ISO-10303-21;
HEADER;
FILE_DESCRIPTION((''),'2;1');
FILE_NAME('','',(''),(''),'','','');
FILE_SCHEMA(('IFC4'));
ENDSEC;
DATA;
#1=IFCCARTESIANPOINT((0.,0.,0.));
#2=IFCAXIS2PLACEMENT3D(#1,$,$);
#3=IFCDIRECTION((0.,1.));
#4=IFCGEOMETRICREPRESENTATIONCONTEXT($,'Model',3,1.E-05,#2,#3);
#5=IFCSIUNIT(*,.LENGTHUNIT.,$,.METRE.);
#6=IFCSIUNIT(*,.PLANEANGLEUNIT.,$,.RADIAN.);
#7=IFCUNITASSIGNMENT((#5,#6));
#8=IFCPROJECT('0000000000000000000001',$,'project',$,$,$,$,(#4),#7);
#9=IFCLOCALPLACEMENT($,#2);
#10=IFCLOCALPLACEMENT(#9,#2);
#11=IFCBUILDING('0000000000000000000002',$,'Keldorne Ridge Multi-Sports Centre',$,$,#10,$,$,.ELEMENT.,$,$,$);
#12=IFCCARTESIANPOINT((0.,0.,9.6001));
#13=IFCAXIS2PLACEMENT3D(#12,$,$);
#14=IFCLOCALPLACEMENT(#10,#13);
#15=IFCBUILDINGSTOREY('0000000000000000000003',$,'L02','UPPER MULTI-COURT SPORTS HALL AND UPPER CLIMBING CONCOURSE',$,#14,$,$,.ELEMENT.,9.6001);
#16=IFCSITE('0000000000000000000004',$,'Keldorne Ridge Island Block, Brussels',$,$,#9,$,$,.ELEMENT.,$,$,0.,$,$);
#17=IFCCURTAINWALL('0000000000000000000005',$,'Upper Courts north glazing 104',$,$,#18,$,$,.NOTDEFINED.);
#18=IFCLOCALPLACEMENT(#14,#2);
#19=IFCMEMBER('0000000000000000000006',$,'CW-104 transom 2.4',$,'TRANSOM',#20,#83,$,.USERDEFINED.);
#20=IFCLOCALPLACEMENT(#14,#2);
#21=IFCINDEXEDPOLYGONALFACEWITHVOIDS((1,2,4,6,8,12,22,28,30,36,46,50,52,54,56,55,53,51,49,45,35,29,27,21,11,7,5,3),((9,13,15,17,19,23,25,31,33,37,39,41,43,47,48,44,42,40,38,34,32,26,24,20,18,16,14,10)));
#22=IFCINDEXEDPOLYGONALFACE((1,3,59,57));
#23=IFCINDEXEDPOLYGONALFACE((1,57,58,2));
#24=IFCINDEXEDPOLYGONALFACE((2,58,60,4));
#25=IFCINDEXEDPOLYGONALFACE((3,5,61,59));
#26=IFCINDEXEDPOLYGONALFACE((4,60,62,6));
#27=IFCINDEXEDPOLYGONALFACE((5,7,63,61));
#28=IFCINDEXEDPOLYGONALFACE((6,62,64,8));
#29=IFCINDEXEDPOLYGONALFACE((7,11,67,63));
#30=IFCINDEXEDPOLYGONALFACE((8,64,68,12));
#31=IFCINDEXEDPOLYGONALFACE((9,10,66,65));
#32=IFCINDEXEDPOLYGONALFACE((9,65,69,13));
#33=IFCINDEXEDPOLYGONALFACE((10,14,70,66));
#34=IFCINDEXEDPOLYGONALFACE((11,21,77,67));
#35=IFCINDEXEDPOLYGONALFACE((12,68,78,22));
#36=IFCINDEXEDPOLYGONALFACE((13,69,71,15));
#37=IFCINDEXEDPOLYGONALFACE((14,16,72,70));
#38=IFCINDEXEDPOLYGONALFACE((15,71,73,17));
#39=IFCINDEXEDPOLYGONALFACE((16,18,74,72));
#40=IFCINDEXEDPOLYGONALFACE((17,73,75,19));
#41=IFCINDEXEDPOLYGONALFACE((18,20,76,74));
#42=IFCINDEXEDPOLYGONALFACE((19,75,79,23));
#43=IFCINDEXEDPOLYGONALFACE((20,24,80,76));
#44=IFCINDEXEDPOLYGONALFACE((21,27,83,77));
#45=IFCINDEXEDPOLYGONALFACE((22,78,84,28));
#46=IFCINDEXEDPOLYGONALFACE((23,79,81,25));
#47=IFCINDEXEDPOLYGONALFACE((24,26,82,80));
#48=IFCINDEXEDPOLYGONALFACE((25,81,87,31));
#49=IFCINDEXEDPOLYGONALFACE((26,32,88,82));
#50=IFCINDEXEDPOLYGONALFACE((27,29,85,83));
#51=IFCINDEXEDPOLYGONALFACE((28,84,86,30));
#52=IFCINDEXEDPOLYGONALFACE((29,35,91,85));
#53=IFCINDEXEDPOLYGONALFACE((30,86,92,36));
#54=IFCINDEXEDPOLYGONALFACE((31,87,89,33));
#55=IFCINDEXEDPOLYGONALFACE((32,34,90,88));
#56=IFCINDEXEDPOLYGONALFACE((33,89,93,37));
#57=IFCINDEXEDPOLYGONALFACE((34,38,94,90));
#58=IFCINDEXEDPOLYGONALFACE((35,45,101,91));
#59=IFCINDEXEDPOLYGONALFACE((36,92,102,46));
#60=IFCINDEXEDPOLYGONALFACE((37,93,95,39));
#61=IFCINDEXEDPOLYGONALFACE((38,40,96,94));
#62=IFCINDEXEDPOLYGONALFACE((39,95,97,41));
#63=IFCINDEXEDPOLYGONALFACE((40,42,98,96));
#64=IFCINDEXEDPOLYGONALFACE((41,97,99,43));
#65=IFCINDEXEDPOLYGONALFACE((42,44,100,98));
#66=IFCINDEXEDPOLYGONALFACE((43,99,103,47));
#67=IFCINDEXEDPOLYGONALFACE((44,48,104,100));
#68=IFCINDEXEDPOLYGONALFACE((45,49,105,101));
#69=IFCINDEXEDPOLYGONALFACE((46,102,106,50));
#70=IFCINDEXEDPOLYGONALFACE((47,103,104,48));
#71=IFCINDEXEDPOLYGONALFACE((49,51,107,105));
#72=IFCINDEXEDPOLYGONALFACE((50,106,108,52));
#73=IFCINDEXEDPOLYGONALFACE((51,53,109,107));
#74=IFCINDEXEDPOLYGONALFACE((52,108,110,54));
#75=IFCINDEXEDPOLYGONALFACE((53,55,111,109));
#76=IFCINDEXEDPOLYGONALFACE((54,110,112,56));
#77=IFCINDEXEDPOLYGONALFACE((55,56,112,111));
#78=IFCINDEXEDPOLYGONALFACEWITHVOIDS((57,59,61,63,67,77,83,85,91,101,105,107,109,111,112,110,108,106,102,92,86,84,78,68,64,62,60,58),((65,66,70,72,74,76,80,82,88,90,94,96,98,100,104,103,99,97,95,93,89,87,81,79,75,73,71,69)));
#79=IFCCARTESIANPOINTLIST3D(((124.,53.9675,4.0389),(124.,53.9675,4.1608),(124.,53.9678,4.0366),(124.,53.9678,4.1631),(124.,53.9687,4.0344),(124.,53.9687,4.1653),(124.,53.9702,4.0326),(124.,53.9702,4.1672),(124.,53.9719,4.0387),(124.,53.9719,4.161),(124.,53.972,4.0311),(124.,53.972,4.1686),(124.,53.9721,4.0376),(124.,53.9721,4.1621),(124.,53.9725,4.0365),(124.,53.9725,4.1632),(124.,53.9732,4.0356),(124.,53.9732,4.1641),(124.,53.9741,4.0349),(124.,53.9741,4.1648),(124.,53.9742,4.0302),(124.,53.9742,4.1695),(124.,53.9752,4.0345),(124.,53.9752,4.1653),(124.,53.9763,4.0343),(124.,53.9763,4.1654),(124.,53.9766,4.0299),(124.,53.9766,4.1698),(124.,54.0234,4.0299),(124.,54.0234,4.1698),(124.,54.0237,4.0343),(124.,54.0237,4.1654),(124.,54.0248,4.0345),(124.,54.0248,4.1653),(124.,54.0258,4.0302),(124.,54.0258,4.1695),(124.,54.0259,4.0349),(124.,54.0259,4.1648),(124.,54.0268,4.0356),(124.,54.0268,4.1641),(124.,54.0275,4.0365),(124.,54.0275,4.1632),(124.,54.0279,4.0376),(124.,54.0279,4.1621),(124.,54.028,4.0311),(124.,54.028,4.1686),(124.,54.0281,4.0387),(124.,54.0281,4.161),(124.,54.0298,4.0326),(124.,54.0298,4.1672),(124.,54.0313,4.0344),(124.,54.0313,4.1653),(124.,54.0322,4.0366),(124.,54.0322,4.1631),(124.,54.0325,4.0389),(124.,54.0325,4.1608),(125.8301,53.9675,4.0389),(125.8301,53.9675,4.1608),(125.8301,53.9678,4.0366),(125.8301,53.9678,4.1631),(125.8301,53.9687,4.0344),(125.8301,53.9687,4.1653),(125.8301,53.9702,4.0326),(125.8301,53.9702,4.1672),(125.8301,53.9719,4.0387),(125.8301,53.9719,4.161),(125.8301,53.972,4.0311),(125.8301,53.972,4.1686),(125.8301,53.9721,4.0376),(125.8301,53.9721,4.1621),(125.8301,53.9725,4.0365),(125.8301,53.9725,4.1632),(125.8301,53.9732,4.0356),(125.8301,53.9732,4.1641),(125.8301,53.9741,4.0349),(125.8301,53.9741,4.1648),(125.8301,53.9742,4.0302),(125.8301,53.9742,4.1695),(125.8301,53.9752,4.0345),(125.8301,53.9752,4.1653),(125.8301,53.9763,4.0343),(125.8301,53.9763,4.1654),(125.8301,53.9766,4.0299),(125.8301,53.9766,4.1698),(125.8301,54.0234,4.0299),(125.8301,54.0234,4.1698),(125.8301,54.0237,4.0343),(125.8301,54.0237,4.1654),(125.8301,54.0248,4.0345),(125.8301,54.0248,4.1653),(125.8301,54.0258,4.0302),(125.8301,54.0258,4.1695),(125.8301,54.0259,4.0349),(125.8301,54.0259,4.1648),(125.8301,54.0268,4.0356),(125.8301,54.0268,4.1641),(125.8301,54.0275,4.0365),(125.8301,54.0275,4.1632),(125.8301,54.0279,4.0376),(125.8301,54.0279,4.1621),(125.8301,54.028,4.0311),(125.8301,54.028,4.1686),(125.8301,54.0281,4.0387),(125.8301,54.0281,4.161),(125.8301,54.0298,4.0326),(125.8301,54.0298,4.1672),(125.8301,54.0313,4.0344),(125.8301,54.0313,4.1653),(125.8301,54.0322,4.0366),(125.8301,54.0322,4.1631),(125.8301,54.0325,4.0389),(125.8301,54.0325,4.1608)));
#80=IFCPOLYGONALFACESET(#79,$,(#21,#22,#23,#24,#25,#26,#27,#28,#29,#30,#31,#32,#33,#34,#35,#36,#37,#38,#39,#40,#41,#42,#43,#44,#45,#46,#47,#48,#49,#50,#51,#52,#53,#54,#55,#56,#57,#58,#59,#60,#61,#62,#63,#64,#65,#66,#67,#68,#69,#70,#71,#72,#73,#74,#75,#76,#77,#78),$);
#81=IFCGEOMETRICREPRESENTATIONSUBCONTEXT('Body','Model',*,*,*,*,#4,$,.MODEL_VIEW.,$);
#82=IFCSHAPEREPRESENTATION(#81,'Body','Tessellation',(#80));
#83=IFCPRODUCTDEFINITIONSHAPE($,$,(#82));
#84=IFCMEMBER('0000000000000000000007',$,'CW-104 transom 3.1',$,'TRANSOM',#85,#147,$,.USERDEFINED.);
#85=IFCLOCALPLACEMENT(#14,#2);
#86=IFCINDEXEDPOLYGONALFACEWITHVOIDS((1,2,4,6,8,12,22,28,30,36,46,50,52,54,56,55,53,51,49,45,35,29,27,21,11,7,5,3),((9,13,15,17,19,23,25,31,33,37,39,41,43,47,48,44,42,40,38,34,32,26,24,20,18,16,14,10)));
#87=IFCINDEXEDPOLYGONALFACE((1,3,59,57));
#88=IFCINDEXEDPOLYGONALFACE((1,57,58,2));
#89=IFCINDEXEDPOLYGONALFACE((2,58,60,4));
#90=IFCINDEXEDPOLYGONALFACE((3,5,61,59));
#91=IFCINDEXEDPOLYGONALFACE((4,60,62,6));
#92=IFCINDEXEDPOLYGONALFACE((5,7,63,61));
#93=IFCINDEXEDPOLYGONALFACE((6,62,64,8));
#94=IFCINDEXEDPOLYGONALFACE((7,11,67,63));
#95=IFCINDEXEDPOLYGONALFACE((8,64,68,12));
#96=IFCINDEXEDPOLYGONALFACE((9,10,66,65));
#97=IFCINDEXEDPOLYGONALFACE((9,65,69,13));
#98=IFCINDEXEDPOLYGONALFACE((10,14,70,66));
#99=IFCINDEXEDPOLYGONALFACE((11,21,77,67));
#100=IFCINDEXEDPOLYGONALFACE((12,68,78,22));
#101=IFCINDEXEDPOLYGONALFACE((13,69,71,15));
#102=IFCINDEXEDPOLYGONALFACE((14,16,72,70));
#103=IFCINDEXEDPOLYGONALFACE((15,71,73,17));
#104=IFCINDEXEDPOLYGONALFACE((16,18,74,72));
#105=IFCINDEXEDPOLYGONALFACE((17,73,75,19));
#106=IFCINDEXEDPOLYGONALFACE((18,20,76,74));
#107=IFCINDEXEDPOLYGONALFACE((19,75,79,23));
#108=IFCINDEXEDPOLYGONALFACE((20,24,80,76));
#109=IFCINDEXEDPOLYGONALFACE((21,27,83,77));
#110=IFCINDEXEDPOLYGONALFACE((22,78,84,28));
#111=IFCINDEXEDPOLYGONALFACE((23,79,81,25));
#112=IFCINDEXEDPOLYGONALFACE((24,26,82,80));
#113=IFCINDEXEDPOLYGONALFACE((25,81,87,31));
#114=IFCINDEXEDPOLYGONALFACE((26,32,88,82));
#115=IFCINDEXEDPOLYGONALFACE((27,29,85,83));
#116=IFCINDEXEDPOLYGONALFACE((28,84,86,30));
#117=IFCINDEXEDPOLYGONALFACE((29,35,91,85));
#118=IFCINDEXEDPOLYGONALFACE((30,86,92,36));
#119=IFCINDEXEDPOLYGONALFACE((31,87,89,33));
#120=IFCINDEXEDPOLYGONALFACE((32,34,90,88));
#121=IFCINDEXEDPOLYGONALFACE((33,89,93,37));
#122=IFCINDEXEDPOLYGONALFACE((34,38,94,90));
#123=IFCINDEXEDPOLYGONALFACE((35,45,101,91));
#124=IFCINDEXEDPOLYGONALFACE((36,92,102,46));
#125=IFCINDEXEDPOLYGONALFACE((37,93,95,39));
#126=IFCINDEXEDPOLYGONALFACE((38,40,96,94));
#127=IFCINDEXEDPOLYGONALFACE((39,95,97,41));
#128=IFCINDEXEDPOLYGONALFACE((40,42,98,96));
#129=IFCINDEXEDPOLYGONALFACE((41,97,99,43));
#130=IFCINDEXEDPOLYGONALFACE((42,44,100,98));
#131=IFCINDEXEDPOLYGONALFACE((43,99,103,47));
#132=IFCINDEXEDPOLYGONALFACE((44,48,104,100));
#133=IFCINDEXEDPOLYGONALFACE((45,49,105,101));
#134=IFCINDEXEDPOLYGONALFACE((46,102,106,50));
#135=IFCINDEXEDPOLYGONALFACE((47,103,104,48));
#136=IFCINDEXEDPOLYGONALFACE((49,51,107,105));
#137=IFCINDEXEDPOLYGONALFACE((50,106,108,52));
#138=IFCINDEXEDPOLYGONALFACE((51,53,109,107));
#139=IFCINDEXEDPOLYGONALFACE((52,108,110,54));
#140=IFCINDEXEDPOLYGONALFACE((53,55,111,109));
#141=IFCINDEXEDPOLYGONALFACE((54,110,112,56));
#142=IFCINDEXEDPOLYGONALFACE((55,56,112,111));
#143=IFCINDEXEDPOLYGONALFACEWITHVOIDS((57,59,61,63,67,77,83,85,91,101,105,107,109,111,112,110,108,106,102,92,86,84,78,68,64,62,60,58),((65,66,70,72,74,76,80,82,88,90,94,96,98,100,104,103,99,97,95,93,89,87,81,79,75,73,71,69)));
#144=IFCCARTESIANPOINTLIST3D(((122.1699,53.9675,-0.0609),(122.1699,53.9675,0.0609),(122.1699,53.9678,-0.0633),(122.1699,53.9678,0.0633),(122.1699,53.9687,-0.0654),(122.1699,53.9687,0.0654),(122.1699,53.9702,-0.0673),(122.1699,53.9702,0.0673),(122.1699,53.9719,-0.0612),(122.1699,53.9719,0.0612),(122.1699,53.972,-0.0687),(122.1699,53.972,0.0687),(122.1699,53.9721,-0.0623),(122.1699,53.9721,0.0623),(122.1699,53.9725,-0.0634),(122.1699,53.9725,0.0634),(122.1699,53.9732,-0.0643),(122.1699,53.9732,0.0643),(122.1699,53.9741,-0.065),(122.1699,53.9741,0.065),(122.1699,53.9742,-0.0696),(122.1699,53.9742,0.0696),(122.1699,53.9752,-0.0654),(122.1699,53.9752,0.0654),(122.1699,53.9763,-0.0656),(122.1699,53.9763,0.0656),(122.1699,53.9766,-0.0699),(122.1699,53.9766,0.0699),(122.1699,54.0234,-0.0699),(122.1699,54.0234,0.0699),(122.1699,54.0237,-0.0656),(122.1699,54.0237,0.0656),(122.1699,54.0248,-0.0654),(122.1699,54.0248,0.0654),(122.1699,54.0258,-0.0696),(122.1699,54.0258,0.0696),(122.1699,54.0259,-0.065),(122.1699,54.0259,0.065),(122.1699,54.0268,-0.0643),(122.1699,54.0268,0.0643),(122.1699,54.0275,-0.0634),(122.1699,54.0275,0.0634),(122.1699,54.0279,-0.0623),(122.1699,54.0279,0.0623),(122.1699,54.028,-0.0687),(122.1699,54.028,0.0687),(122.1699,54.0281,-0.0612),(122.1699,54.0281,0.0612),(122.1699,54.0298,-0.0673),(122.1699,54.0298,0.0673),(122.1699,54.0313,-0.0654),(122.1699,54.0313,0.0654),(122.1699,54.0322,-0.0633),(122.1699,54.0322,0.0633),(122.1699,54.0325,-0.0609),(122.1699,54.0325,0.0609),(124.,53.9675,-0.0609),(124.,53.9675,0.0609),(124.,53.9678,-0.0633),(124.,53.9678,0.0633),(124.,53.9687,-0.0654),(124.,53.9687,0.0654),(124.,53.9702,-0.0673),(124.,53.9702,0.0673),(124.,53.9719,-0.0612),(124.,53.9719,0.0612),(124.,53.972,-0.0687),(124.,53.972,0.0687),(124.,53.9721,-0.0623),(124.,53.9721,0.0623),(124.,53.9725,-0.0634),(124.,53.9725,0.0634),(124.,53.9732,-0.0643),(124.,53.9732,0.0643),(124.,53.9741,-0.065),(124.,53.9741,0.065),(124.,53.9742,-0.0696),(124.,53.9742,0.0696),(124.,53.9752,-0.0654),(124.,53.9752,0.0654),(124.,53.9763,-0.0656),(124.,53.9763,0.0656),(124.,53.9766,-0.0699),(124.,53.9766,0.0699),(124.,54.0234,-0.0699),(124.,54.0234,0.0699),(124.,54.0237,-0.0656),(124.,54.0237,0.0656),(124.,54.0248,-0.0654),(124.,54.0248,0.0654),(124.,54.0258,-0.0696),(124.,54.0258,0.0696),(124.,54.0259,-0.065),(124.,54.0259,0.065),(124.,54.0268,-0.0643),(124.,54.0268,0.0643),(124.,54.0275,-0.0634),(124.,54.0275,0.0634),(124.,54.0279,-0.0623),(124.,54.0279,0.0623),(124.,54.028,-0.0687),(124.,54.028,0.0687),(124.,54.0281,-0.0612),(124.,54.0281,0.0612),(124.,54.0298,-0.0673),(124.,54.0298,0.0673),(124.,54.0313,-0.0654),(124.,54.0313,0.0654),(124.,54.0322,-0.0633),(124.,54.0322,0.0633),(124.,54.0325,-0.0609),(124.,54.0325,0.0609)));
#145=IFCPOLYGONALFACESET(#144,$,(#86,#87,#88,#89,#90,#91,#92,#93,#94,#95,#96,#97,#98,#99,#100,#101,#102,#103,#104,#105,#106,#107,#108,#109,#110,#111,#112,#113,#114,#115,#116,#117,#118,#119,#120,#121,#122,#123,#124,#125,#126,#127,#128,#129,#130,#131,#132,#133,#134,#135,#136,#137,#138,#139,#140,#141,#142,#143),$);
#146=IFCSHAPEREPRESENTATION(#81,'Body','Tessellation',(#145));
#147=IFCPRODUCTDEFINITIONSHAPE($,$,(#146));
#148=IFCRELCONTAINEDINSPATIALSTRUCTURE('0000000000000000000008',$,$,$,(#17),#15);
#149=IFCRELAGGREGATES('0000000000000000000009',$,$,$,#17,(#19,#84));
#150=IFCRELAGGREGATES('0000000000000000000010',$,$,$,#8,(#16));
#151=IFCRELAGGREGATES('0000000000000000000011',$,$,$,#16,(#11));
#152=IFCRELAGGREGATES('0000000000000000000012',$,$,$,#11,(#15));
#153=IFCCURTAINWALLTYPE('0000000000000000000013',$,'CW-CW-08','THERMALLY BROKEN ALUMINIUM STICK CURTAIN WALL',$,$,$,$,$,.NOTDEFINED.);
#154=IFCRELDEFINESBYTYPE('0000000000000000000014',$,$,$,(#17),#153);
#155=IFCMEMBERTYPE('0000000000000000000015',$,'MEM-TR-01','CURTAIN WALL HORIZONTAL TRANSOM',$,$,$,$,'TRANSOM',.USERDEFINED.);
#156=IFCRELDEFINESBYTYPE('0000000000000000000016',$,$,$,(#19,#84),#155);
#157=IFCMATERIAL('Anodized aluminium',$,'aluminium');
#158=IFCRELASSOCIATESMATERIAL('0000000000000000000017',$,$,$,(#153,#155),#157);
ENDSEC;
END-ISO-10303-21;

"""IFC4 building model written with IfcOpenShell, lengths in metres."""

from ifc_helpers import new_model, si_unit, direction, frame, origin, origin_2d, place, context, subcontext, project, spatial, hollow_rectangle, extrude, material, material_profile, profile_set, type_object, element, aggregate, save


model = new_model("IFC4")

# Units and contexts
model_context = context("Model", 3, precision=1e-05, world=origin(), true_north=direction((0.0, 1.0)))
body_context = subcontext(model_context, "Body", "Model", "MODEL_VIEW")
ifc_project = project(units=[si_unit("LENGTHUNIT", "METRE"), si_unit("PLANEANGLEUNIT", "RADIAN")], contexts=[model_context])

# Site, building, storey
site_placement = place(None, origin())
site = spatial("IfcSite", under=ifc_project, at=site_placement, Name="Keldorne Ridge Island Block, Brussels", CompositionType="ELEMENT", RefElevation=0.0)
building_placement = place(site_placement, origin())
building = spatial("IfcBuilding", under=site, at=building_placement, Name="Keldorne Ridge Multi-Sports Centre", CompositionType="ELEMENT")
storey_placement = place(building_placement, frame((0.0, 0.0, 9.6001)))
storey = spatial("IfcBuildingStorey", under=building, at=storey_placement, Name="L02", Description="UPPER MULTI-COURT SPORTS HALL AND UPPER CLIMBING CONCOURSE", CompositionType="ELEMENT", Elevation=9.6001)

# Curtain wall, members
ifc_material_1 = material(Name="Anodized aluminium", Category="aluminium")
curtain_wall_type = type_object("IfcCurtainWallType", Name="CW-CW-08", Description="THERMALLY BROKEN ALUMINIUM STICK CURTAIN WALL", PredefinedType="NOTDEFINED", material=ifc_material_1)
curtain_wall_placement = place(storey_placement, origin())
curtain_wall = element("IfcCurtainWall", 1, at=curtain_wall_placement, inside=storey, type_object=curtain_wall_type, Name="Upper Courts north glazing 104", PredefinedType="NOTDEFINED")
ifc_material_profile_1 = material_profile(ifc_material_1, hollow_rectangle(XDim=0.0649, YDim=0.1399, WallThickness=0.0044, InnerFilletRadius=0.0044, OuterFilletRadius=0.009, at=origin_2d()), Name="ALU TRANSOM 140x65x4.5")
ifc_profile_set_1 = profile_set([ifc_material_profile_1], Name="Anodized aluminium")
member_type_1 = type_object("IfcMemberType", Name="MEM-TR-01", Description="CURTAIN WALL HORIZONTAL TRANSOM", ElementType="TRANSOM", PredefinedType="USERDEFINED", material=ifc_profile_set_1)
member_1_placement = place(storey_placement, frame((125.8301, 54.0, 4.0999), z_axis=(-1.0, 0.0, 0.0), x_axis=(0.0, -1.0, 0.0)))
member_1 = element("IfcMember", 2, at=member_1_placement, type_object=member_type_1, Name="CW-104 transom 2.4", ObjectType="TRANSOM", PredefinedType="USERDEFINED", context=body_context, shape_type="SweptSolid", body=[
    extrude(hollow_rectangle(XDim=0.0649, YDim=0.1399, WallThickness=0.0044, InnerFilletRadius=0.0044, OuterFilletRadius=0.009, at=origin_2d()), origin(), (0.0, 0.0, 1.0), 1.8301),
])
member_2_placement = place(storey_placement, frame((124.0, 54.0, 0.0), z_axis=(-1.0, 0.0, 0.0), x_axis=(0.0, -1.0, 0.0)))
member_2 = element("IfcMember", 3, at=member_2_placement, type_object=member_type_1, Name="CW-104 transom 3.1", ObjectType="TRANSOM", PredefinedType="USERDEFINED", context=body_context, shape_type="SweptSolid", body=[
    extrude(hollow_rectangle(XDim=0.0649, YDim=0.1399, WallThickness=0.0044, InnerFilletRadius=0.0044, OuterFilletRadius=0.009, at=origin_2d()), origin(), (0.0, 0.0, 1.0), 1.8301),
])
aggregate(curtain_wall, [member_1, member_2])

save(model, "model.ifc")
